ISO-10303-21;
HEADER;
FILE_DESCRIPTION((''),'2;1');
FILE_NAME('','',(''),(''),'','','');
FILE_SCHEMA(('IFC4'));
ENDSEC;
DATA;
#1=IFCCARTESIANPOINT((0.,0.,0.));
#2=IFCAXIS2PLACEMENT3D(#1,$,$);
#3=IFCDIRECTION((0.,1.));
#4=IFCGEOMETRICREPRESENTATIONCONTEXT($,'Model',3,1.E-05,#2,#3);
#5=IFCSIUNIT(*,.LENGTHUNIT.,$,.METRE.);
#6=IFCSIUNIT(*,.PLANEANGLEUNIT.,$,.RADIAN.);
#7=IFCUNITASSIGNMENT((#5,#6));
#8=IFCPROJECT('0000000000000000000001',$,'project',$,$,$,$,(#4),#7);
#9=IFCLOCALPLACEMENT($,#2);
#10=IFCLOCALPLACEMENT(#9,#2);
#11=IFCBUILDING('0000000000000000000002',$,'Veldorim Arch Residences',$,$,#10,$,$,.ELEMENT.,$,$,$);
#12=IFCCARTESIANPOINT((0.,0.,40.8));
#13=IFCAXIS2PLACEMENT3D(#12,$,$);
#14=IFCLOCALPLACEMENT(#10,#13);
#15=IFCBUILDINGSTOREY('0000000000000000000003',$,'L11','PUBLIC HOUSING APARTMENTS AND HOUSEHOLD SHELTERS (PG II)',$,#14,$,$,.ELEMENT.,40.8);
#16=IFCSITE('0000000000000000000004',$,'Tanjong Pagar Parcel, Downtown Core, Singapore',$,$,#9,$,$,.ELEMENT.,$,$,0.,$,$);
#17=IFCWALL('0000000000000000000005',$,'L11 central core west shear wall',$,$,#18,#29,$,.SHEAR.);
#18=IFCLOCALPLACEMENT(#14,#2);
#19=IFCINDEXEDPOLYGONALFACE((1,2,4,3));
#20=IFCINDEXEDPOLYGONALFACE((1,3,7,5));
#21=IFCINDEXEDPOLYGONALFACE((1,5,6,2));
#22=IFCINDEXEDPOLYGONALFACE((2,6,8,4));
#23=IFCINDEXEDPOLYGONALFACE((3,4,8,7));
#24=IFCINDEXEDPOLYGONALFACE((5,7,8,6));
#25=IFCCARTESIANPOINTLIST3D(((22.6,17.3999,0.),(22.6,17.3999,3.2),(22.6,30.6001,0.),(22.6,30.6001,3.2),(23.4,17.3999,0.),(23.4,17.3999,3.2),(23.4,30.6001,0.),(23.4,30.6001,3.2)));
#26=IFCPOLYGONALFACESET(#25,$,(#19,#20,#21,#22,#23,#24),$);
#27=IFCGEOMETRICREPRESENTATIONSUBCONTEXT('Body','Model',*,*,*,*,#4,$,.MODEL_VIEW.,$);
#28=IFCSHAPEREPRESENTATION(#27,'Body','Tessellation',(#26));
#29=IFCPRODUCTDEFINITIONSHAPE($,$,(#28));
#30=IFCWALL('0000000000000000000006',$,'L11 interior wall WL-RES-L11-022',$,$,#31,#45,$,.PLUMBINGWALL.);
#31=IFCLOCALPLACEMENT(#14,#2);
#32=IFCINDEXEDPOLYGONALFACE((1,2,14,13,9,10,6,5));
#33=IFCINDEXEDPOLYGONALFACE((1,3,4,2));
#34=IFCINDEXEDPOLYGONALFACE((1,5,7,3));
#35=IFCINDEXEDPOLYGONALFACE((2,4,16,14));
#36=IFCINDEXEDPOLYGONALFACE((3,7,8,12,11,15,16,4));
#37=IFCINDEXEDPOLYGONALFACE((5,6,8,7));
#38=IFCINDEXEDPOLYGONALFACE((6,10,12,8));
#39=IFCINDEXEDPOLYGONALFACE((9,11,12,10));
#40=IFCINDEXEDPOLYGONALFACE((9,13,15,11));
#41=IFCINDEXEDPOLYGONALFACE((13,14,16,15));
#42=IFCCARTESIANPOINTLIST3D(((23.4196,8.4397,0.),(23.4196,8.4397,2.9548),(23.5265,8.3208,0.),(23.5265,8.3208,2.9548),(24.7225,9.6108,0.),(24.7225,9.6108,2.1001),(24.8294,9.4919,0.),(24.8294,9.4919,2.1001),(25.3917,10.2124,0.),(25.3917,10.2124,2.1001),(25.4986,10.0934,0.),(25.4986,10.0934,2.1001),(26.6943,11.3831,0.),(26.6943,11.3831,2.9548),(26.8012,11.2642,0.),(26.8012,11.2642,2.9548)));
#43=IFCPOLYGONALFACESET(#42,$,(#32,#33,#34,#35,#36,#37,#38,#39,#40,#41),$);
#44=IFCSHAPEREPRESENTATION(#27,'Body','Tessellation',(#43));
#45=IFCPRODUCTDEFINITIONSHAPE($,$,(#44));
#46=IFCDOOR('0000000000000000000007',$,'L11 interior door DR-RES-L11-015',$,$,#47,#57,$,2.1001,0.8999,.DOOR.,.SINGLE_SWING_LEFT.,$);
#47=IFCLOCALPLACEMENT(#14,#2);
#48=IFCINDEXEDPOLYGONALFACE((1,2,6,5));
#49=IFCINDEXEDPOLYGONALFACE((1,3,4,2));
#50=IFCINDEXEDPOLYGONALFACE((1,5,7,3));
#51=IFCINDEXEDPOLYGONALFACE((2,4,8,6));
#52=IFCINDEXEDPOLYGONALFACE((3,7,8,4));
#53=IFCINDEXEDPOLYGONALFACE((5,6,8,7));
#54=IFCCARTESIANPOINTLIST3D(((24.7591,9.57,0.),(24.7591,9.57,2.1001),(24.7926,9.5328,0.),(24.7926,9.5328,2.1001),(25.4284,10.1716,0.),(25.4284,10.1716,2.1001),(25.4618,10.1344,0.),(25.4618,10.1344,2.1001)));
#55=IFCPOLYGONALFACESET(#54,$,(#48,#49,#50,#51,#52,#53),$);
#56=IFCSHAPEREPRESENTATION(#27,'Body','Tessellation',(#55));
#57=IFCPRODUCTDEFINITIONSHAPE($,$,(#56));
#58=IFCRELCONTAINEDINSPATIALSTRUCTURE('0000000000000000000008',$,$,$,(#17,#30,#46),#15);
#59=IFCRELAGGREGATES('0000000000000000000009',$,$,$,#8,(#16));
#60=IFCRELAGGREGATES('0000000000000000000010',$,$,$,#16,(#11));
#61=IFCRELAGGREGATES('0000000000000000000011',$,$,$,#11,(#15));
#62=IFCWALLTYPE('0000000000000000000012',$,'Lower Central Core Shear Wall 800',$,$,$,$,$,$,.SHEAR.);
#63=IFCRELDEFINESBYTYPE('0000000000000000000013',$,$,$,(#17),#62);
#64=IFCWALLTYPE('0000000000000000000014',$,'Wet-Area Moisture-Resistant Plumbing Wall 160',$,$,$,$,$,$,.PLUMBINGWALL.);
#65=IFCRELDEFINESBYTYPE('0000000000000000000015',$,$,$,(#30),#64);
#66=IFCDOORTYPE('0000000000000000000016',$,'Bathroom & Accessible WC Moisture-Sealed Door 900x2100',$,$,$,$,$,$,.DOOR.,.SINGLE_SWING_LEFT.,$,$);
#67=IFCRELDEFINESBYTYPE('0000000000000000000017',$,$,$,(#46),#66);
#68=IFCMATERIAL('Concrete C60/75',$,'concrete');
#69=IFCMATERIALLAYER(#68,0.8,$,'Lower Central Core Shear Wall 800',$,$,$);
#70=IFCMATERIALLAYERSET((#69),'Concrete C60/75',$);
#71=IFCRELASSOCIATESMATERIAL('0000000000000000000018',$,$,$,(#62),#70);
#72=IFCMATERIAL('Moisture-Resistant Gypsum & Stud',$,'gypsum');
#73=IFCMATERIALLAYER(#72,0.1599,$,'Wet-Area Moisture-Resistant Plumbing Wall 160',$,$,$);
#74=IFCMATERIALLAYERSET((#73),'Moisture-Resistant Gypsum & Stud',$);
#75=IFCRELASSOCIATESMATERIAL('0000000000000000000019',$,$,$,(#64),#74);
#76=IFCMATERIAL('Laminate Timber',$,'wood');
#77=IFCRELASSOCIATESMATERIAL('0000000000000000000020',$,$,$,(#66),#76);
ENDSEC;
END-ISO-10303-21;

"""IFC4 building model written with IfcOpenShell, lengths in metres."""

from ifc_helpers import new_model, si_unit, direction, frame, frame_2d, origin, place, context, subcontext, project, spatial, rectangle, extrude, material, layer, layer_set, type_object, element, fill, save


model = new_model("IFC4")

# Units and contexts
model_context = context("Model", 3, precision=1e-05, world=origin(), true_north=direction((0.0, 1.0)))
body_context = subcontext(model_context, "Body", "Model", "MODEL_VIEW")
ifc_project = project(units=[si_unit("LENGTHUNIT", "METRE"), si_unit("PLANEANGLEUNIT", "RADIAN")], contexts=[model_context])

# Site, building, storey
site_placement = place(None, origin())
site = spatial("IfcSite", under=ifc_project, at=site_placement, Name="Tanjong Pagar Parcel, Downtown Core, Singapore", CompositionType="ELEMENT", RefElevation=0.0)
building_placement = place(site_placement, origin())
building = spatial("IfcBuilding", under=site, at=building_placement, Name="Veldorim Arch Residences", CompositionType="ELEMENT")
storey_placement = place(building_placement, frame((0.0, 0.0, 40.8)))
storey = spatial("IfcBuildingStorey", under=building, at=storey_placement, Name="L11", Description="PUBLIC HOUSING APARTMENTS AND HOUSEHOLD SHELTERS (PG II)", CompositionType="ELEMENT", Elevation=40.8)

# Shared definitions
ifc_material_1 = material(Name="Concrete C60/75", Category="concrete")
ifc_layer_1 = layer(ifc_material_1, 0.8, Name="Lower Central Core Shear Wall 800")
ifc_layer_set_1 = layer_set([ifc_layer_1], Name="Concrete C60/75")
wall_type_1 = type_object("IfcWallType", Name="Lower Central Core Shear Wall 800", PredefinedType="SHEAR", material=ifc_layer_set_1)

# Wall
wall_1_placement = place(storey_placement, frame((23.0, 17.3999, 0.0), z_axis=(0.0, 0.0, 1.0), x_axis=(0.0, 1.0, 0.0)))
element("IfcWall", 1, at=wall_1_placement, inside=storey, type_object=wall_type_1, Name="L11 central core west shear wall", PredefinedType="SHEAR", context=body_context, shape_type="SweptSolid", body=[
    extrude(rectangle(XDim=13.2002, YDim=0.8, at=frame_2d((6.6001, 0.0))), origin(), (0.0, 0.0, 1.0), 3.2),
])

# Wall, opening, door
ifc_material_2 = material(Name="Moisture-Resistant Gypsum & Stud", Category="gypsum")
ifc_layer_2 = layer(ifc_material_2, 0.1599, Name="Wet-Area Moisture-Resistant Plumbing Wall 160")
ifc_layer_set_2 = layer_set([ifc_layer_2], Name="Moisture-Resistant Gypsum & Stud")
wall_type_2 = type_object("IfcWallType", Name="Wet-Area Moisture-Resistant Plumbing Wall 160", PredefinedType="PLUMBINGWALL", material=ifc_layer_set_2)
wall_2_placement = place(storey_placement, frame((26.7478, 11.3237, 0.0), z_axis=(0.0, 0.0, 1.0), x_axis=(-0.743727, -0.668484, 0.0)))
wall_2 = element("IfcWall", 2, at=wall_2_placement, inside=storey, type_object=wall_type_2, Name="L11 interior wall WL-RES-L11-022", PredefinedType="PLUMBINGWALL", context=body_context, shape_type="SweptSolid", body=[
    extrude(rectangle(XDim=4.4031, YDim=0.1599, at=frame_2d((2.2017, 0.0))), origin(), (0.0, 0.0, 1.0), 2.9548),
])
opening_1_placement = place(wall_2_placement, frame((1.7515, 0.0, 0.0)))
opening_1 = element("IfcOpeningElement", 3, at=opening_1_placement, cuts=wall_2, PredefinedType="OPENING", context=body_context, shape_type="SweptSolid", body=[
    extrude(rectangle(XDim=0.8999, YDim=2.1001, at=frame_2d((0.45, 1.05))), frame((0.0, 0.0898, 0.0), z_axis=(0.0, -1.0, 0.0), x_axis=(1.0, 0.0, 0.0)), (0.0, 0.0, 1.0), 0.1799),
])
ifc_material_3 = material(Name="Laminate Timber", Category="wood")
door_type_1 = type_object("IfcDoorType", Name="Bathroom & Accessible WC Moisture-Sealed Door 900x2100", OperationType="SINGLE_SWING_LEFT", PredefinedType="DOOR", material=ifc_material_3)
door_1_placement = place(opening_1_placement, origin())
door_1 = element("IfcDoor", 4, at=door_1_placement, inside=storey, type_object=door_type_1, Name="L11 interior door DR-RES-L11-015", OperationType="SINGLE_SWING_LEFT", OverallHeight=2.1001, OverallWidth=0.8999, PredefinedType="DOOR", context=body_context, shape_type="SweptSolid", body=[
    extrude(rectangle(XDim=0.8999, YDim=2.1001, at=frame_2d((0.45, 1.05))), frame((0.0, 0.0249, 0.0), z_axis=(0.0, -1.0, 0.0), x_axis=(1.0, 0.0, 0.0)), (0.0, 0.0, 1.0), 0.05),
])
fill(opening_1, door_1)

save(model, "model.ifc")
